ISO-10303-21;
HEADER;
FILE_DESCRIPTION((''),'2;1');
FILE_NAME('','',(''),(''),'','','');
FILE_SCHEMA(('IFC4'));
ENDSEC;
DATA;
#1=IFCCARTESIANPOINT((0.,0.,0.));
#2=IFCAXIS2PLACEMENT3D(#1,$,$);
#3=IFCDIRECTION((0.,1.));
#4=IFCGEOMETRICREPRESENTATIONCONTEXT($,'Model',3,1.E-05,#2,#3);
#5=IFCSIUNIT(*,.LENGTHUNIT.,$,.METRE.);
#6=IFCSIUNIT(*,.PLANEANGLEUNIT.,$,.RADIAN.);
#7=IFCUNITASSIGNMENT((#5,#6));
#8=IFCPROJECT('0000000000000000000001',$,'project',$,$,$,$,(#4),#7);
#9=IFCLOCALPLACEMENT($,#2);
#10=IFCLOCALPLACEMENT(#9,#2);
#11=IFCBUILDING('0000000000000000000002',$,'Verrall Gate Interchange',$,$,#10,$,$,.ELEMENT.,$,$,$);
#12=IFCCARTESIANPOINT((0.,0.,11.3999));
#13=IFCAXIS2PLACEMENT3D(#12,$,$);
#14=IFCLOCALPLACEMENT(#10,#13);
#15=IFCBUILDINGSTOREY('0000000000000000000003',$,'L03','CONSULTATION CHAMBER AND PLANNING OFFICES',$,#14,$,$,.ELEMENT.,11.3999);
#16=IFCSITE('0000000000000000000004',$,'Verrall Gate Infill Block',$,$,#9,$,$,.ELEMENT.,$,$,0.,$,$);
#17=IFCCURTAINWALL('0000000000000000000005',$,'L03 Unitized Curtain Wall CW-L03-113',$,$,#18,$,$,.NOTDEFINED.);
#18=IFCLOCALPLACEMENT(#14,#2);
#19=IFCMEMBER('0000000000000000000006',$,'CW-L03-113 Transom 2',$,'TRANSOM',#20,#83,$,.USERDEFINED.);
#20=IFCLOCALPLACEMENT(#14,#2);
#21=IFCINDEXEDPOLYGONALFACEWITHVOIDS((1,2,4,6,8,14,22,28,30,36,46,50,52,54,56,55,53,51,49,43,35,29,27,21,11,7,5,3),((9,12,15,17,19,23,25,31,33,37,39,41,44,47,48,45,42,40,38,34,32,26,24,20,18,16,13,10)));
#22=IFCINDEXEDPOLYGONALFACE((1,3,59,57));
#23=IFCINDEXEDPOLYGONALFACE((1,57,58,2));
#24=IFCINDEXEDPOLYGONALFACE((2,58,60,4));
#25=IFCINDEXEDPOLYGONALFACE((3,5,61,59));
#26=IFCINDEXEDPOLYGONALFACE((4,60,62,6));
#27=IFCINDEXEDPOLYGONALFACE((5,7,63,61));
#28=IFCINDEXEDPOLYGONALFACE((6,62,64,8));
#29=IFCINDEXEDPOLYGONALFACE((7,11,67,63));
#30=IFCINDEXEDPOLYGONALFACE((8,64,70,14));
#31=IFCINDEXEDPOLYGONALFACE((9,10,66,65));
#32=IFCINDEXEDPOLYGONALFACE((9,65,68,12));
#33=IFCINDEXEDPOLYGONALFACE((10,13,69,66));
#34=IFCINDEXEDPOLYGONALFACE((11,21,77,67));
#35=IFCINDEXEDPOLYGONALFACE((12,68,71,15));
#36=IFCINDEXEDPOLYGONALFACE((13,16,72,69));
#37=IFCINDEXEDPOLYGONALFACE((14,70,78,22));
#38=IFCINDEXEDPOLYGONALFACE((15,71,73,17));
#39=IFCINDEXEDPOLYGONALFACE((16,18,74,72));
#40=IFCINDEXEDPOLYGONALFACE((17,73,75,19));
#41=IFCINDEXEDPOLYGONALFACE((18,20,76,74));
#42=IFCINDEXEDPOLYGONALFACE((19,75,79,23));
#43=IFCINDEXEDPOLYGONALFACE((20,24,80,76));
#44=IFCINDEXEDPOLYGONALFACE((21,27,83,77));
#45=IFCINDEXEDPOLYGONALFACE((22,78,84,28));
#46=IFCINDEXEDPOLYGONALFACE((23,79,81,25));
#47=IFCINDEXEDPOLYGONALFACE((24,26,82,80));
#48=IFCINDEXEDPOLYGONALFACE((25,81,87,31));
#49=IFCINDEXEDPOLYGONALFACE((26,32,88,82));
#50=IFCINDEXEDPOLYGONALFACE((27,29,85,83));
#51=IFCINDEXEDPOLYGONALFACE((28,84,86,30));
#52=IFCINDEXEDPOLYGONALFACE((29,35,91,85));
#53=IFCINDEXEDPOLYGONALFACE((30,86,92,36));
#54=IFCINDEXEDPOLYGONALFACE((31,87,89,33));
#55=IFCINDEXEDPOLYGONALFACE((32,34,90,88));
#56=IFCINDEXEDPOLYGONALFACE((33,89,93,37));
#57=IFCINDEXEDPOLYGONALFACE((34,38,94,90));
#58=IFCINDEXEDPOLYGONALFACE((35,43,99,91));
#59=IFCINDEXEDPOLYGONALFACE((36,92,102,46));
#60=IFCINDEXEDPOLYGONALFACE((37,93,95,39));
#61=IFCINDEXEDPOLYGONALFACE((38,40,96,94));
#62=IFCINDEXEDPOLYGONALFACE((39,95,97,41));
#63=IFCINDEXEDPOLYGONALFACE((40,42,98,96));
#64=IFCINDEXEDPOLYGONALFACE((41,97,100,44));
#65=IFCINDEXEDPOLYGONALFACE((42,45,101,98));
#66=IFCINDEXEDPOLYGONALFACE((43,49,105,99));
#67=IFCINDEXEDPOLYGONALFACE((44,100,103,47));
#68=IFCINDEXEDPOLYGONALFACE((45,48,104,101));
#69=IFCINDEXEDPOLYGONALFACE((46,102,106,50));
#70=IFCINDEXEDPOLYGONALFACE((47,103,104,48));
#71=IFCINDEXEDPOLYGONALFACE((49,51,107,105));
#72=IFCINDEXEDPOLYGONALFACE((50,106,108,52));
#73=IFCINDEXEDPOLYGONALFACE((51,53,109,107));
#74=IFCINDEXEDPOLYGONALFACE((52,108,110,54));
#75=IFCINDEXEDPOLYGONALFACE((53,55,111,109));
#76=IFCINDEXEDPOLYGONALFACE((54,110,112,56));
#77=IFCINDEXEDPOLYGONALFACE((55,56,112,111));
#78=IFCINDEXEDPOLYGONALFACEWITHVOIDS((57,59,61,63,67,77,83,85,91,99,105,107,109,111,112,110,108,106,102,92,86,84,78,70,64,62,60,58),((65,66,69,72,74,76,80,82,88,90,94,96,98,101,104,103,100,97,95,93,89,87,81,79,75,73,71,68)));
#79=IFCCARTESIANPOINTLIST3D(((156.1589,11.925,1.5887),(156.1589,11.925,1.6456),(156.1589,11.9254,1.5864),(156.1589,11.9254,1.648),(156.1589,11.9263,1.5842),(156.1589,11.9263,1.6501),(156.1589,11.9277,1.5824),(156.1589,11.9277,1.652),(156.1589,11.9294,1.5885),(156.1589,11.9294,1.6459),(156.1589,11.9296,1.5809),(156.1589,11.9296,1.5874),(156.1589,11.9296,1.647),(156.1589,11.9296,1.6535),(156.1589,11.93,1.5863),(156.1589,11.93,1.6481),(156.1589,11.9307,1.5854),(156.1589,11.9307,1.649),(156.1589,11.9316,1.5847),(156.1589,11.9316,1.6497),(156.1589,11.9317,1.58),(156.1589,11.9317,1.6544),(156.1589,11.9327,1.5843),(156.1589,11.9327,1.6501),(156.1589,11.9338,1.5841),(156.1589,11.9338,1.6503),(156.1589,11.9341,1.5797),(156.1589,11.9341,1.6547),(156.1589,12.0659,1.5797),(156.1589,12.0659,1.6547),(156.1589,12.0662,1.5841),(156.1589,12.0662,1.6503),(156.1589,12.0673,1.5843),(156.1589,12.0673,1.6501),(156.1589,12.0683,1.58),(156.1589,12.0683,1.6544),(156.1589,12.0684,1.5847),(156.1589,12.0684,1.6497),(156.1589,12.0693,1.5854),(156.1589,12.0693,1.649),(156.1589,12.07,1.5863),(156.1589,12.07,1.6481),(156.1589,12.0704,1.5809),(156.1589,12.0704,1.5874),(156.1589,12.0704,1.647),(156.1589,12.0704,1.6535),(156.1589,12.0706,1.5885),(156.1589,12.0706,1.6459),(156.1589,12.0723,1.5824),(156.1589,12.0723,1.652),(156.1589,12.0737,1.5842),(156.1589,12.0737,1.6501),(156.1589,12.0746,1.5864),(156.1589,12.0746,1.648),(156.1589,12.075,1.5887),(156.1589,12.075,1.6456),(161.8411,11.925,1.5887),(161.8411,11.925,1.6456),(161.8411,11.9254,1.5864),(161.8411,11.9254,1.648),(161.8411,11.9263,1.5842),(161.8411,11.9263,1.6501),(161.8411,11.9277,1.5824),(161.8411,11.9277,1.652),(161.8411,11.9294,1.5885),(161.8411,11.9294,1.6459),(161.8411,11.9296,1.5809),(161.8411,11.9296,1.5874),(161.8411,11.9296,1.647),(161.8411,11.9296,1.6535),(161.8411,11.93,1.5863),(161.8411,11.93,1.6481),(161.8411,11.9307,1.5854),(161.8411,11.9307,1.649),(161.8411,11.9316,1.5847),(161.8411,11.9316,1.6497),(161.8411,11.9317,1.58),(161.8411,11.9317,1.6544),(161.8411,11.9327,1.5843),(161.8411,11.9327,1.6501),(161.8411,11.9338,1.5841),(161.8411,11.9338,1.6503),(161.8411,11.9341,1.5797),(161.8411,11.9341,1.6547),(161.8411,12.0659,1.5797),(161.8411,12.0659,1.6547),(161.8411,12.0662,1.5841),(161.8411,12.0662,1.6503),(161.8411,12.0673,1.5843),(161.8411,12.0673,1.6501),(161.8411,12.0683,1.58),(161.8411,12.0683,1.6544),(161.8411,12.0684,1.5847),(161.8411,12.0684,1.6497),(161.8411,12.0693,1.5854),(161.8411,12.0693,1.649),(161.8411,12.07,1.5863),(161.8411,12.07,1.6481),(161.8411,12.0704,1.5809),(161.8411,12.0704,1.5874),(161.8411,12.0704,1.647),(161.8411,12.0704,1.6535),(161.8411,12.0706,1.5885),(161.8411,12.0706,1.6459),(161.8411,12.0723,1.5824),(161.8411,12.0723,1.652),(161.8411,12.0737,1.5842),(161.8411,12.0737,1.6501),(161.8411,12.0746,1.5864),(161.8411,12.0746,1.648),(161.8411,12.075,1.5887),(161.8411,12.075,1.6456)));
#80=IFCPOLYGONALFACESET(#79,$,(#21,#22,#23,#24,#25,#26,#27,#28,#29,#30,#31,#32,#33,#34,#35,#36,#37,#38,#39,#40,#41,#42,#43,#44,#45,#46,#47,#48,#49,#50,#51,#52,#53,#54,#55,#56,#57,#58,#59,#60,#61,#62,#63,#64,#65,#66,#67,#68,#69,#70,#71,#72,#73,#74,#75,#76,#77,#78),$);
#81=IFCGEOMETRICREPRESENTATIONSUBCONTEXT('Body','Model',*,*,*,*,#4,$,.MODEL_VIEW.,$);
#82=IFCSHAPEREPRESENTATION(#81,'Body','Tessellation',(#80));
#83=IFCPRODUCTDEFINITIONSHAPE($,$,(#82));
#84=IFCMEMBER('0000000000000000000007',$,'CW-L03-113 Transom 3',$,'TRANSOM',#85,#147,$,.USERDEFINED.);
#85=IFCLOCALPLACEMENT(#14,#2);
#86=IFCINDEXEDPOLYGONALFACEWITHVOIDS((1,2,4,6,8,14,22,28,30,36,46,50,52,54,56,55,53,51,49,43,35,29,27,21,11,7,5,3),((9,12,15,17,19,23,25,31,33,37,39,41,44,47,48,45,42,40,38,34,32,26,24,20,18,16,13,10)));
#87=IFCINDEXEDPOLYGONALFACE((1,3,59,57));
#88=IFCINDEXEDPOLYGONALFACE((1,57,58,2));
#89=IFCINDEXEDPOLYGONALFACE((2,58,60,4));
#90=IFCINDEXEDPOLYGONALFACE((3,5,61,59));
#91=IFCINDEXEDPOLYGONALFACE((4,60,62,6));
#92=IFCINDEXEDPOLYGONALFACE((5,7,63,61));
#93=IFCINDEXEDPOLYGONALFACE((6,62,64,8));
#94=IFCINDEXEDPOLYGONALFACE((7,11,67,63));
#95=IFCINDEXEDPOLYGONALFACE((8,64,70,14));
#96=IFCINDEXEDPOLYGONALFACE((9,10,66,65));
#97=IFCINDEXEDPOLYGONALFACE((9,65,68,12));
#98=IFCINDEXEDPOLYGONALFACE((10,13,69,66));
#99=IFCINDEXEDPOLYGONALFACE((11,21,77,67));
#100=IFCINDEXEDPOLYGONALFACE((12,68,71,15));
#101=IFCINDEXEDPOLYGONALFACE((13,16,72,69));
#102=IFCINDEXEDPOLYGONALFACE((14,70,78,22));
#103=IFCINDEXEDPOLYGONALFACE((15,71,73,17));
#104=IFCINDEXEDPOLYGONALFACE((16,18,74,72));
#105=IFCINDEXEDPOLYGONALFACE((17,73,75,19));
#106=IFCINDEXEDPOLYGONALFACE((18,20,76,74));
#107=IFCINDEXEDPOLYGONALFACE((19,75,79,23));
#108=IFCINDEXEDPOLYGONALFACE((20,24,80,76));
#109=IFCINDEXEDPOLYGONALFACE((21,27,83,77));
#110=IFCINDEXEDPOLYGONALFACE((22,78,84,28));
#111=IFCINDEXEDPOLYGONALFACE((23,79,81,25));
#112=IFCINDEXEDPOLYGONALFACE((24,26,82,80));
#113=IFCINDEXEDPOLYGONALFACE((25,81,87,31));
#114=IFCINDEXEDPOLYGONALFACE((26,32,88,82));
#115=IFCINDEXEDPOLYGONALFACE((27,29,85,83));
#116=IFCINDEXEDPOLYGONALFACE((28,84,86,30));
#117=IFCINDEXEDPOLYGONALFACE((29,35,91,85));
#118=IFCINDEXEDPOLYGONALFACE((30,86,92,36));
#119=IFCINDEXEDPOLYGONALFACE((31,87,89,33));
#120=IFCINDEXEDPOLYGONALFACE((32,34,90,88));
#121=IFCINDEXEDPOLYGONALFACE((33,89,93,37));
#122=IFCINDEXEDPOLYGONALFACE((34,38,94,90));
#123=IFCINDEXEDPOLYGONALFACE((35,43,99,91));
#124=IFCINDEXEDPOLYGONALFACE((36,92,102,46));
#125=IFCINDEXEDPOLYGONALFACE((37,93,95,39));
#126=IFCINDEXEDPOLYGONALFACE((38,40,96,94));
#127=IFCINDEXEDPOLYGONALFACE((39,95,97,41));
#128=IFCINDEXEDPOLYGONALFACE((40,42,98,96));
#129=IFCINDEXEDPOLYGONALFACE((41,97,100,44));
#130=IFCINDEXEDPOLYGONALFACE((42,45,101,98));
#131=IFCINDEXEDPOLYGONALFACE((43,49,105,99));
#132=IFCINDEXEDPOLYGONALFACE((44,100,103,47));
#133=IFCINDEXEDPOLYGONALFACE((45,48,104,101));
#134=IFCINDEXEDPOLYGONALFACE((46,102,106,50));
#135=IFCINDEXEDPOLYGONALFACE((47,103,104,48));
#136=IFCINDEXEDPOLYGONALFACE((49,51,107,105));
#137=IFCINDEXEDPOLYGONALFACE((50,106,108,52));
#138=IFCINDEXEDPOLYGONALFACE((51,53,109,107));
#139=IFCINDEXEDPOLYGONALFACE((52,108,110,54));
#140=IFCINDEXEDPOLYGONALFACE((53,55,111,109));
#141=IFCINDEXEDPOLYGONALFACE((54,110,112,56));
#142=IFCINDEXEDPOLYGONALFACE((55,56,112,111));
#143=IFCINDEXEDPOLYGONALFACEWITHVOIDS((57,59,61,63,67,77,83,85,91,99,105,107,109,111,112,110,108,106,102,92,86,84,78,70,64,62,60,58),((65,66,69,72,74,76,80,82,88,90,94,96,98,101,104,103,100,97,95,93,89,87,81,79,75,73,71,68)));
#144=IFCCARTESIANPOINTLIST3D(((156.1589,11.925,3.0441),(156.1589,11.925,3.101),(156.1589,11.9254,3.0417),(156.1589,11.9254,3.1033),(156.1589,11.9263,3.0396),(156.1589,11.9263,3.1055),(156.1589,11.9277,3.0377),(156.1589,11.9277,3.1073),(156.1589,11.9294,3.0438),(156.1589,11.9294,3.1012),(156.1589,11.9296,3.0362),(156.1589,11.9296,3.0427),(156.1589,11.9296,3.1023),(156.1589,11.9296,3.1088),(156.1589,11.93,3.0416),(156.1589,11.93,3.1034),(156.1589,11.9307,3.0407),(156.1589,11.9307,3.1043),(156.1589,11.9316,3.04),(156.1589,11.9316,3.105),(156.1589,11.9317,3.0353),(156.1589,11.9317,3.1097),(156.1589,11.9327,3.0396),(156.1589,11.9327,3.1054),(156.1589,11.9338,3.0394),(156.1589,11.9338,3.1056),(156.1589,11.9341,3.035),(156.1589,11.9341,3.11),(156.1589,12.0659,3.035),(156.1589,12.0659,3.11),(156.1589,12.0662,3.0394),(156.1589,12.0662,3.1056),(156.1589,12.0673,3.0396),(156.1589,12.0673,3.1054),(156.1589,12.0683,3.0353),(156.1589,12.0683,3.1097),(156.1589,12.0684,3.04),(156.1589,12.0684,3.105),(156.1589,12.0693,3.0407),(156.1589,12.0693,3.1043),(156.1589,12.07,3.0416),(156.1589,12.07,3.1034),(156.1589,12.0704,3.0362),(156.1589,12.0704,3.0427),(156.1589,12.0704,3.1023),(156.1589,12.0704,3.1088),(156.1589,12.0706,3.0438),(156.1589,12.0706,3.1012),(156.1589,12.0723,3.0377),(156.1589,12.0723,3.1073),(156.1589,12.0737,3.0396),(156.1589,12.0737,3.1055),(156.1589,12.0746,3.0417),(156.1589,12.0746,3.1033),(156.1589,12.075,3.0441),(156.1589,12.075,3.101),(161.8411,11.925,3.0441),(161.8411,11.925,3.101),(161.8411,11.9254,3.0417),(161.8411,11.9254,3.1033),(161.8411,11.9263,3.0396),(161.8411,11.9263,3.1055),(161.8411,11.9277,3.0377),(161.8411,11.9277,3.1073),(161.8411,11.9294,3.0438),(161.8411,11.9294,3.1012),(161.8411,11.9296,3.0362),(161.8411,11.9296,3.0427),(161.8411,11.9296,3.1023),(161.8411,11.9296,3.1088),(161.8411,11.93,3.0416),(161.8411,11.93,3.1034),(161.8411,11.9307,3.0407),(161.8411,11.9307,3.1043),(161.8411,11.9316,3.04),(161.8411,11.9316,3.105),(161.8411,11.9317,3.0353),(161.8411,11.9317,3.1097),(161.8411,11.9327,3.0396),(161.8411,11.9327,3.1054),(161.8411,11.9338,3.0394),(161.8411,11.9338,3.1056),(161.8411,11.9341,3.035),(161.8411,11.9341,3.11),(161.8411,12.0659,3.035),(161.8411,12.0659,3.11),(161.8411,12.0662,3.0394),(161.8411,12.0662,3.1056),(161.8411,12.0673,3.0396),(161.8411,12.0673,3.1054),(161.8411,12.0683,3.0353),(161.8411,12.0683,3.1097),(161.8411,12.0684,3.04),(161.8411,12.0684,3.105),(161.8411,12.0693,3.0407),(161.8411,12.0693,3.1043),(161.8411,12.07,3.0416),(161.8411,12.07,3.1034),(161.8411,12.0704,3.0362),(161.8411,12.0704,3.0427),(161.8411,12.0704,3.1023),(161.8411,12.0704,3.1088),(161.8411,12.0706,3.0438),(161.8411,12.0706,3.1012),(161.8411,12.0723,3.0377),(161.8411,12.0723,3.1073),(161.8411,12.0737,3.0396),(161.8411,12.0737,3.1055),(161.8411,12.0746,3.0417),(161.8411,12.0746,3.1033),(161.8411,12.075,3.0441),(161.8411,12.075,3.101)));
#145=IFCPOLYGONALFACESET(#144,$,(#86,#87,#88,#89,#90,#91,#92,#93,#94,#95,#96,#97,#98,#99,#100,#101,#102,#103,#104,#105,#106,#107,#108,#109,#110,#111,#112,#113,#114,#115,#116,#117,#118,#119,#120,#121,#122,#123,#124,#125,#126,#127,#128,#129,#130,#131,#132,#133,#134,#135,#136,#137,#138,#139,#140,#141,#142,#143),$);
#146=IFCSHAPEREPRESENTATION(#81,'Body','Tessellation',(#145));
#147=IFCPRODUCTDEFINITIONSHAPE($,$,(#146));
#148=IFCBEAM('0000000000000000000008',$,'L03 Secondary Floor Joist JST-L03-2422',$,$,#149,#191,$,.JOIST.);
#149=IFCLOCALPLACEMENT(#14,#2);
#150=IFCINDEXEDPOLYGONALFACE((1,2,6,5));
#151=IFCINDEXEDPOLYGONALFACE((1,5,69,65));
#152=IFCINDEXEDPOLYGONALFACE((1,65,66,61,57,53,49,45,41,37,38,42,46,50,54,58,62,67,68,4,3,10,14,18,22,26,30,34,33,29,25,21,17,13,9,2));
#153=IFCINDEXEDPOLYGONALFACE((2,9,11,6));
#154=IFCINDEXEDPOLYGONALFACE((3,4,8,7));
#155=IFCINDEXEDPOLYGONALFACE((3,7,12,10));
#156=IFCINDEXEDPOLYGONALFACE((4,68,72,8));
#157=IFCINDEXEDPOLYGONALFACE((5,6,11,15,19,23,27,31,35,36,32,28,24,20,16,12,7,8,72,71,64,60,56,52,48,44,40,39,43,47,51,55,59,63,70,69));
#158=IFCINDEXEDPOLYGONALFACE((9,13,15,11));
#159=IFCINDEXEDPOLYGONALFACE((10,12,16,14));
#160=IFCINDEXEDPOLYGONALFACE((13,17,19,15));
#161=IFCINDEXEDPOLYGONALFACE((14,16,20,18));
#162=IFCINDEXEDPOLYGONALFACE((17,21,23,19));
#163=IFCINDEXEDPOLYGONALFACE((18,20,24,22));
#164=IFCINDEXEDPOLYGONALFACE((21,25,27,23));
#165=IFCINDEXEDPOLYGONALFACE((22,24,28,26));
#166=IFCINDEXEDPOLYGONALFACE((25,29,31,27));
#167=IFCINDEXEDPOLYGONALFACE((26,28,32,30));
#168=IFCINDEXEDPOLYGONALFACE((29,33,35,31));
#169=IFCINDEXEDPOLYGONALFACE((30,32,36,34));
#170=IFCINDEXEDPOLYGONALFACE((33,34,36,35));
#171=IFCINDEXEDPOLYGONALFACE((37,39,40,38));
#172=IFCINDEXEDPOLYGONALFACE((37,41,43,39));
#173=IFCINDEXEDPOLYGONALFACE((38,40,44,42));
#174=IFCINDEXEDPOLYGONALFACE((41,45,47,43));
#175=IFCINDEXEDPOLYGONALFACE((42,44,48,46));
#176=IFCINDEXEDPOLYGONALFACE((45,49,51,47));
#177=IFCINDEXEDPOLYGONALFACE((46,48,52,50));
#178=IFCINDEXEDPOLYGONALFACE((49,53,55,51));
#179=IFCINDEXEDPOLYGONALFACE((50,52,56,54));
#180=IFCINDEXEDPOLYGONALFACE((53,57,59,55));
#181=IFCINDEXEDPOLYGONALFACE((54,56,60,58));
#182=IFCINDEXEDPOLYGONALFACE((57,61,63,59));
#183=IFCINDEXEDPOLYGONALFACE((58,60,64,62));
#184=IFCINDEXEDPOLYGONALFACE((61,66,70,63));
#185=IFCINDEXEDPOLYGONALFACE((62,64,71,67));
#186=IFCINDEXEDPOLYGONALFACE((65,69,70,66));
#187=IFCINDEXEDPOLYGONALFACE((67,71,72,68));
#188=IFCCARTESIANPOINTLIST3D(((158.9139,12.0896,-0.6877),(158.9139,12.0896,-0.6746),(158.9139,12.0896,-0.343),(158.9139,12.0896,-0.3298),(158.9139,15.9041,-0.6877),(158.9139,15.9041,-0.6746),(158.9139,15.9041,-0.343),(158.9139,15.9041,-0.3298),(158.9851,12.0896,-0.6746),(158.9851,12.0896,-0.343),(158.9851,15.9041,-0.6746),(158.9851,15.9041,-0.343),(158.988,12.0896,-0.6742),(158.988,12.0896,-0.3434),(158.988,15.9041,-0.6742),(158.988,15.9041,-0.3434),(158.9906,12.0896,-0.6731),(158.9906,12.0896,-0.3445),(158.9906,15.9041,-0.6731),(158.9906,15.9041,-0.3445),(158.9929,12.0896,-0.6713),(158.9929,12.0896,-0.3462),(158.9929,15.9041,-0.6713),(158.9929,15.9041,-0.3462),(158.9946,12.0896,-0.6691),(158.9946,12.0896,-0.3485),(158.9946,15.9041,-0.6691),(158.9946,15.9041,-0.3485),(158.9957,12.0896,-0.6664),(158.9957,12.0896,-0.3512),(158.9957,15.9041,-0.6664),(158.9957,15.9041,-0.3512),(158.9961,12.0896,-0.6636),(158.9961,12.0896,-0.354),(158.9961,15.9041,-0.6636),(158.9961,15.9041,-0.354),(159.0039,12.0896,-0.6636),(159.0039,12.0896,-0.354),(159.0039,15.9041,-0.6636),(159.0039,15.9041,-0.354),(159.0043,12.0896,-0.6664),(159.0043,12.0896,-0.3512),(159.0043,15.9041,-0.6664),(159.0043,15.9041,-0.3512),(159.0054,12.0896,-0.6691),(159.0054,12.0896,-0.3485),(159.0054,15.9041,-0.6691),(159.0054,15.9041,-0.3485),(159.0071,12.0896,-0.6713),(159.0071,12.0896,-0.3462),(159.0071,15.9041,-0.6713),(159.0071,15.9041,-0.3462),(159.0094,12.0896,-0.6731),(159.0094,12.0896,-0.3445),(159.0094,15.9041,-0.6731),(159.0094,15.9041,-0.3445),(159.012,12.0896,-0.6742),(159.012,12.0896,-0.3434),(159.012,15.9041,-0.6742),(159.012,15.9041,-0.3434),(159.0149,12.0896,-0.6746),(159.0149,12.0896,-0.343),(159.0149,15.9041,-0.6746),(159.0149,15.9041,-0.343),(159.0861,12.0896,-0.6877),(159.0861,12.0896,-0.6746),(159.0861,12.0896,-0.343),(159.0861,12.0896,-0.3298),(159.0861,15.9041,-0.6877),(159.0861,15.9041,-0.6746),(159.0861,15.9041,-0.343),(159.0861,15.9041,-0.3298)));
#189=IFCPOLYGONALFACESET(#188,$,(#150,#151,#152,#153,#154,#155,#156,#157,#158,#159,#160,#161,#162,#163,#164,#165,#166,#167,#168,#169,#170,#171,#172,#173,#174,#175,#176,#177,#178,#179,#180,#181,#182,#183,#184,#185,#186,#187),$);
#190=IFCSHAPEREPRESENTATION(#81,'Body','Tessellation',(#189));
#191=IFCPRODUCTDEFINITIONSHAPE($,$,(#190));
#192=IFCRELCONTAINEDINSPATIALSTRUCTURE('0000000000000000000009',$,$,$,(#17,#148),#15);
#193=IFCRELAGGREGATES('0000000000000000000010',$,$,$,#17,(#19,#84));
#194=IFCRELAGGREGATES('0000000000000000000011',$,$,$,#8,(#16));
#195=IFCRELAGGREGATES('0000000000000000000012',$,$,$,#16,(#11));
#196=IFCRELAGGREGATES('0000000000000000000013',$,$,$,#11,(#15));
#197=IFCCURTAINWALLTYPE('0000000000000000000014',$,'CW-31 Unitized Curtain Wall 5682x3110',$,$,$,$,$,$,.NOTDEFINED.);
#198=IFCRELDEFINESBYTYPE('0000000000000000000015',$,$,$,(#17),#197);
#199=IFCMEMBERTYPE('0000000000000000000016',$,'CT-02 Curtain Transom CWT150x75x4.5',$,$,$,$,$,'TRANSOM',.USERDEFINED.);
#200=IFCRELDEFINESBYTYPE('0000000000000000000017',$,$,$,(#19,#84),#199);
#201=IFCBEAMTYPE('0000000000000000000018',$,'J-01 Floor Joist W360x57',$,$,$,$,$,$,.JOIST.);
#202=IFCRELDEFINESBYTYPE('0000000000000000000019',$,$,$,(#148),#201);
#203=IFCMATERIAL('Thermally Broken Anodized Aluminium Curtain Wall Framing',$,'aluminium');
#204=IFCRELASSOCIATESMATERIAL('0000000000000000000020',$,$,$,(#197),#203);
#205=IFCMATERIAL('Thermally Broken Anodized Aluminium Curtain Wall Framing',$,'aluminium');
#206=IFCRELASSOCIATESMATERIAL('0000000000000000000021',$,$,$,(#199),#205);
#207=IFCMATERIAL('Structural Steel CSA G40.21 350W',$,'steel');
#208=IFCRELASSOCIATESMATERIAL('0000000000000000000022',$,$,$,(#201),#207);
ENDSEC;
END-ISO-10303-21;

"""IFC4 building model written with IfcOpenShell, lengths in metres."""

from ifc_helpers import new_model, si_unit, direction, frame, origin, origin_2d, place, context, subcontext, project, spatial, hollow_rectangle, i_section, extrude, material, material_profile, profile_set, type_object, element, aggregate, save


model = new_model("IFC4")

# Units and contexts
model_context = context("Model", 3, precision=1e-05, world=origin(), true_north=direction((0.0, 1.0)))
body_context = subcontext(model_context, "Body", "Model", "MODEL_VIEW")
ifc_project = project(units=[si_unit("LENGTHUNIT", "METRE"), si_unit("PLANEANGLEUNIT", "RADIAN")], contexts=[model_context])

# Site, building, storey
site_placement = place(None, origin())
site = spatial("IfcSite", under=ifc_project, at=site_placement, Name="Verrall Gate Infill Block", CompositionType="ELEMENT", RefElevation=0.0)
building_placement = place(site_placement, origin())
building = spatial("IfcBuilding", under=site, at=building_placement, Name="Verrall Gate Interchange", CompositionType="ELEMENT")
storey_placement = place(building_placement, frame((0.0, 0.0, 11.3999)))
storey = spatial("IfcBuildingStorey", under=building, at=storey_placement, Name="L03", Description="CONSULTATION CHAMBER AND PLANNING OFFICES", CompositionType="ELEMENT", Elevation=11.3999)

# Shared definitions
ifc_material_1 = material(Name="Thermally Broken Anodized Aluminium Curtain Wall Framing", Category="aluminium")
curtain_wall_type = type_object("IfcCurtainWallType", Name="CW-31 Unitized Curtain Wall 5682x3110", PredefinedType="NOTDEFINED", material=ifc_material_1)

# Curtain wall, members
curtain_wall_1_placement = place(storey_placement, origin())
curtain_wall_1 = element("IfcCurtainWall", 1, at=curtain_wall_1_placement, inside=storey, type_object=curtain_wall_type, Name="L03 Unitized Curtain Wall CW-L03-113", PredefinedType="NOTDEFINED")
ifc_material_2 = material(Name="Thermally Broken Anodized Aluminium Curtain Wall Framing", Category="aluminium")
ifc_material_profile_1 = material_profile(ifc_material_2, hollow_rectangle(XDim=0.1499, YDim=0.075, WallThickness=0.0044, InnerFilletRadius=0.0044, OuterFilletRadius=0.009, at=origin_2d()), Name="CWT150x75x4.5")
ifc_profile_set_1 = profile_set([ifc_material_profile_1], Name="Thermally Broken Anodized Aluminium Curtain Wall Framing")
member_type_1 = type_object("IfcMemberType", Name="CT-02 Curtain Transom CWT150x75x4.5", ElementType="TRANSOM", PredefinedType="USERDEFINED", material=ifc_profile_set_1)
member_1_placement = place(storey_placement, frame((156.1589, 12.0, 1.6172), z_axis=(1.0, 0.0, 0.0), x_axis=(0.0, 1.0, 0.0)))
member_1 = element("IfcMember", 2, at=member_1_placement, type_object=member_type_1, Name="CW-L03-113 Transom 2", ObjectType="TRANSOM", PredefinedType="USERDEFINED", context=body_context, shape_type="SweptSolid", body=[
    extrude(hollow_rectangle(XDim=0.1499, YDim=0.075, WallThickness=0.0044, InnerFilletRadius=0.0044, OuterFilletRadius=0.009, at=origin_2d()), origin(), (0.0, 0.0, 1.0), 5.6821),
])
member_2_placement = place(storey_placement, frame((156.1589, 12.0, 3.0725), z_axis=(1.0, 0.0, 0.0), x_axis=(0.0, 1.0, 0.0)))
member_2 = element("IfcMember", 3, at=member_2_placement, type_object=member_type_1, Name="CW-L03-113 Transom 3", ObjectType="TRANSOM", PredefinedType="USERDEFINED", context=body_context, shape_type="SweptSolid", body=[
    extrude(hollow_rectangle(XDim=0.1499, YDim=0.075, WallThickness=0.0044, InnerFilletRadius=0.0044, OuterFilletRadius=0.009, at=origin_2d()), origin(), (0.0, 0.0, 1.0), 5.6821),
])

# Beam
ifc_material_3 = material(Name="Structural Steel CSA G40.21 350W", Category="steel")
ifc_material_profile_2 = material_profile(ifc_material_3, i_section(OverallWidth=0.1721, OverallDepth=0.3579, WebThickness=0.0078, FlangeThickness=0.0132, FilletRadius=0.011, at=origin_2d()), Name="W360x57")
ifc_profile_set_2 = profile_set([ifc_material_profile_2], Name="Structural Steel CSA G40.21 350W")
beam_type_1 = type_object("IfcBeamType", Name="J-01 Floor Joist W360x57", PredefinedType="JOIST", material=ifc_profile_set_2)
beam_1_placement = place(storey_placement, frame((159.0, 12.0896, -0.5088), z_axis=(0.0, 1.0, 0.0), x_axis=(-1.0, 0.0, 0.0)))
element("IfcBeam", 4, at=beam_1_placement, inside=storey, type_object=beam_type_1, Name="L03 Secondary Floor Joist JST-L03-2422", PredefinedType="JOIST", context=body_context, shape_type="SweptSolid", body=[
    extrude(i_section(OverallWidth=0.1721, OverallDepth=0.3579, WebThickness=0.0078, FlangeThickness=0.0132, FilletRadius=0.011, at=origin_2d()), origin(), (0.0, 0.0, 1.0), 3.8145),
])

aggregate(curtain_wall_1, [member_1, member_2])

save(model, "model.ifc")
